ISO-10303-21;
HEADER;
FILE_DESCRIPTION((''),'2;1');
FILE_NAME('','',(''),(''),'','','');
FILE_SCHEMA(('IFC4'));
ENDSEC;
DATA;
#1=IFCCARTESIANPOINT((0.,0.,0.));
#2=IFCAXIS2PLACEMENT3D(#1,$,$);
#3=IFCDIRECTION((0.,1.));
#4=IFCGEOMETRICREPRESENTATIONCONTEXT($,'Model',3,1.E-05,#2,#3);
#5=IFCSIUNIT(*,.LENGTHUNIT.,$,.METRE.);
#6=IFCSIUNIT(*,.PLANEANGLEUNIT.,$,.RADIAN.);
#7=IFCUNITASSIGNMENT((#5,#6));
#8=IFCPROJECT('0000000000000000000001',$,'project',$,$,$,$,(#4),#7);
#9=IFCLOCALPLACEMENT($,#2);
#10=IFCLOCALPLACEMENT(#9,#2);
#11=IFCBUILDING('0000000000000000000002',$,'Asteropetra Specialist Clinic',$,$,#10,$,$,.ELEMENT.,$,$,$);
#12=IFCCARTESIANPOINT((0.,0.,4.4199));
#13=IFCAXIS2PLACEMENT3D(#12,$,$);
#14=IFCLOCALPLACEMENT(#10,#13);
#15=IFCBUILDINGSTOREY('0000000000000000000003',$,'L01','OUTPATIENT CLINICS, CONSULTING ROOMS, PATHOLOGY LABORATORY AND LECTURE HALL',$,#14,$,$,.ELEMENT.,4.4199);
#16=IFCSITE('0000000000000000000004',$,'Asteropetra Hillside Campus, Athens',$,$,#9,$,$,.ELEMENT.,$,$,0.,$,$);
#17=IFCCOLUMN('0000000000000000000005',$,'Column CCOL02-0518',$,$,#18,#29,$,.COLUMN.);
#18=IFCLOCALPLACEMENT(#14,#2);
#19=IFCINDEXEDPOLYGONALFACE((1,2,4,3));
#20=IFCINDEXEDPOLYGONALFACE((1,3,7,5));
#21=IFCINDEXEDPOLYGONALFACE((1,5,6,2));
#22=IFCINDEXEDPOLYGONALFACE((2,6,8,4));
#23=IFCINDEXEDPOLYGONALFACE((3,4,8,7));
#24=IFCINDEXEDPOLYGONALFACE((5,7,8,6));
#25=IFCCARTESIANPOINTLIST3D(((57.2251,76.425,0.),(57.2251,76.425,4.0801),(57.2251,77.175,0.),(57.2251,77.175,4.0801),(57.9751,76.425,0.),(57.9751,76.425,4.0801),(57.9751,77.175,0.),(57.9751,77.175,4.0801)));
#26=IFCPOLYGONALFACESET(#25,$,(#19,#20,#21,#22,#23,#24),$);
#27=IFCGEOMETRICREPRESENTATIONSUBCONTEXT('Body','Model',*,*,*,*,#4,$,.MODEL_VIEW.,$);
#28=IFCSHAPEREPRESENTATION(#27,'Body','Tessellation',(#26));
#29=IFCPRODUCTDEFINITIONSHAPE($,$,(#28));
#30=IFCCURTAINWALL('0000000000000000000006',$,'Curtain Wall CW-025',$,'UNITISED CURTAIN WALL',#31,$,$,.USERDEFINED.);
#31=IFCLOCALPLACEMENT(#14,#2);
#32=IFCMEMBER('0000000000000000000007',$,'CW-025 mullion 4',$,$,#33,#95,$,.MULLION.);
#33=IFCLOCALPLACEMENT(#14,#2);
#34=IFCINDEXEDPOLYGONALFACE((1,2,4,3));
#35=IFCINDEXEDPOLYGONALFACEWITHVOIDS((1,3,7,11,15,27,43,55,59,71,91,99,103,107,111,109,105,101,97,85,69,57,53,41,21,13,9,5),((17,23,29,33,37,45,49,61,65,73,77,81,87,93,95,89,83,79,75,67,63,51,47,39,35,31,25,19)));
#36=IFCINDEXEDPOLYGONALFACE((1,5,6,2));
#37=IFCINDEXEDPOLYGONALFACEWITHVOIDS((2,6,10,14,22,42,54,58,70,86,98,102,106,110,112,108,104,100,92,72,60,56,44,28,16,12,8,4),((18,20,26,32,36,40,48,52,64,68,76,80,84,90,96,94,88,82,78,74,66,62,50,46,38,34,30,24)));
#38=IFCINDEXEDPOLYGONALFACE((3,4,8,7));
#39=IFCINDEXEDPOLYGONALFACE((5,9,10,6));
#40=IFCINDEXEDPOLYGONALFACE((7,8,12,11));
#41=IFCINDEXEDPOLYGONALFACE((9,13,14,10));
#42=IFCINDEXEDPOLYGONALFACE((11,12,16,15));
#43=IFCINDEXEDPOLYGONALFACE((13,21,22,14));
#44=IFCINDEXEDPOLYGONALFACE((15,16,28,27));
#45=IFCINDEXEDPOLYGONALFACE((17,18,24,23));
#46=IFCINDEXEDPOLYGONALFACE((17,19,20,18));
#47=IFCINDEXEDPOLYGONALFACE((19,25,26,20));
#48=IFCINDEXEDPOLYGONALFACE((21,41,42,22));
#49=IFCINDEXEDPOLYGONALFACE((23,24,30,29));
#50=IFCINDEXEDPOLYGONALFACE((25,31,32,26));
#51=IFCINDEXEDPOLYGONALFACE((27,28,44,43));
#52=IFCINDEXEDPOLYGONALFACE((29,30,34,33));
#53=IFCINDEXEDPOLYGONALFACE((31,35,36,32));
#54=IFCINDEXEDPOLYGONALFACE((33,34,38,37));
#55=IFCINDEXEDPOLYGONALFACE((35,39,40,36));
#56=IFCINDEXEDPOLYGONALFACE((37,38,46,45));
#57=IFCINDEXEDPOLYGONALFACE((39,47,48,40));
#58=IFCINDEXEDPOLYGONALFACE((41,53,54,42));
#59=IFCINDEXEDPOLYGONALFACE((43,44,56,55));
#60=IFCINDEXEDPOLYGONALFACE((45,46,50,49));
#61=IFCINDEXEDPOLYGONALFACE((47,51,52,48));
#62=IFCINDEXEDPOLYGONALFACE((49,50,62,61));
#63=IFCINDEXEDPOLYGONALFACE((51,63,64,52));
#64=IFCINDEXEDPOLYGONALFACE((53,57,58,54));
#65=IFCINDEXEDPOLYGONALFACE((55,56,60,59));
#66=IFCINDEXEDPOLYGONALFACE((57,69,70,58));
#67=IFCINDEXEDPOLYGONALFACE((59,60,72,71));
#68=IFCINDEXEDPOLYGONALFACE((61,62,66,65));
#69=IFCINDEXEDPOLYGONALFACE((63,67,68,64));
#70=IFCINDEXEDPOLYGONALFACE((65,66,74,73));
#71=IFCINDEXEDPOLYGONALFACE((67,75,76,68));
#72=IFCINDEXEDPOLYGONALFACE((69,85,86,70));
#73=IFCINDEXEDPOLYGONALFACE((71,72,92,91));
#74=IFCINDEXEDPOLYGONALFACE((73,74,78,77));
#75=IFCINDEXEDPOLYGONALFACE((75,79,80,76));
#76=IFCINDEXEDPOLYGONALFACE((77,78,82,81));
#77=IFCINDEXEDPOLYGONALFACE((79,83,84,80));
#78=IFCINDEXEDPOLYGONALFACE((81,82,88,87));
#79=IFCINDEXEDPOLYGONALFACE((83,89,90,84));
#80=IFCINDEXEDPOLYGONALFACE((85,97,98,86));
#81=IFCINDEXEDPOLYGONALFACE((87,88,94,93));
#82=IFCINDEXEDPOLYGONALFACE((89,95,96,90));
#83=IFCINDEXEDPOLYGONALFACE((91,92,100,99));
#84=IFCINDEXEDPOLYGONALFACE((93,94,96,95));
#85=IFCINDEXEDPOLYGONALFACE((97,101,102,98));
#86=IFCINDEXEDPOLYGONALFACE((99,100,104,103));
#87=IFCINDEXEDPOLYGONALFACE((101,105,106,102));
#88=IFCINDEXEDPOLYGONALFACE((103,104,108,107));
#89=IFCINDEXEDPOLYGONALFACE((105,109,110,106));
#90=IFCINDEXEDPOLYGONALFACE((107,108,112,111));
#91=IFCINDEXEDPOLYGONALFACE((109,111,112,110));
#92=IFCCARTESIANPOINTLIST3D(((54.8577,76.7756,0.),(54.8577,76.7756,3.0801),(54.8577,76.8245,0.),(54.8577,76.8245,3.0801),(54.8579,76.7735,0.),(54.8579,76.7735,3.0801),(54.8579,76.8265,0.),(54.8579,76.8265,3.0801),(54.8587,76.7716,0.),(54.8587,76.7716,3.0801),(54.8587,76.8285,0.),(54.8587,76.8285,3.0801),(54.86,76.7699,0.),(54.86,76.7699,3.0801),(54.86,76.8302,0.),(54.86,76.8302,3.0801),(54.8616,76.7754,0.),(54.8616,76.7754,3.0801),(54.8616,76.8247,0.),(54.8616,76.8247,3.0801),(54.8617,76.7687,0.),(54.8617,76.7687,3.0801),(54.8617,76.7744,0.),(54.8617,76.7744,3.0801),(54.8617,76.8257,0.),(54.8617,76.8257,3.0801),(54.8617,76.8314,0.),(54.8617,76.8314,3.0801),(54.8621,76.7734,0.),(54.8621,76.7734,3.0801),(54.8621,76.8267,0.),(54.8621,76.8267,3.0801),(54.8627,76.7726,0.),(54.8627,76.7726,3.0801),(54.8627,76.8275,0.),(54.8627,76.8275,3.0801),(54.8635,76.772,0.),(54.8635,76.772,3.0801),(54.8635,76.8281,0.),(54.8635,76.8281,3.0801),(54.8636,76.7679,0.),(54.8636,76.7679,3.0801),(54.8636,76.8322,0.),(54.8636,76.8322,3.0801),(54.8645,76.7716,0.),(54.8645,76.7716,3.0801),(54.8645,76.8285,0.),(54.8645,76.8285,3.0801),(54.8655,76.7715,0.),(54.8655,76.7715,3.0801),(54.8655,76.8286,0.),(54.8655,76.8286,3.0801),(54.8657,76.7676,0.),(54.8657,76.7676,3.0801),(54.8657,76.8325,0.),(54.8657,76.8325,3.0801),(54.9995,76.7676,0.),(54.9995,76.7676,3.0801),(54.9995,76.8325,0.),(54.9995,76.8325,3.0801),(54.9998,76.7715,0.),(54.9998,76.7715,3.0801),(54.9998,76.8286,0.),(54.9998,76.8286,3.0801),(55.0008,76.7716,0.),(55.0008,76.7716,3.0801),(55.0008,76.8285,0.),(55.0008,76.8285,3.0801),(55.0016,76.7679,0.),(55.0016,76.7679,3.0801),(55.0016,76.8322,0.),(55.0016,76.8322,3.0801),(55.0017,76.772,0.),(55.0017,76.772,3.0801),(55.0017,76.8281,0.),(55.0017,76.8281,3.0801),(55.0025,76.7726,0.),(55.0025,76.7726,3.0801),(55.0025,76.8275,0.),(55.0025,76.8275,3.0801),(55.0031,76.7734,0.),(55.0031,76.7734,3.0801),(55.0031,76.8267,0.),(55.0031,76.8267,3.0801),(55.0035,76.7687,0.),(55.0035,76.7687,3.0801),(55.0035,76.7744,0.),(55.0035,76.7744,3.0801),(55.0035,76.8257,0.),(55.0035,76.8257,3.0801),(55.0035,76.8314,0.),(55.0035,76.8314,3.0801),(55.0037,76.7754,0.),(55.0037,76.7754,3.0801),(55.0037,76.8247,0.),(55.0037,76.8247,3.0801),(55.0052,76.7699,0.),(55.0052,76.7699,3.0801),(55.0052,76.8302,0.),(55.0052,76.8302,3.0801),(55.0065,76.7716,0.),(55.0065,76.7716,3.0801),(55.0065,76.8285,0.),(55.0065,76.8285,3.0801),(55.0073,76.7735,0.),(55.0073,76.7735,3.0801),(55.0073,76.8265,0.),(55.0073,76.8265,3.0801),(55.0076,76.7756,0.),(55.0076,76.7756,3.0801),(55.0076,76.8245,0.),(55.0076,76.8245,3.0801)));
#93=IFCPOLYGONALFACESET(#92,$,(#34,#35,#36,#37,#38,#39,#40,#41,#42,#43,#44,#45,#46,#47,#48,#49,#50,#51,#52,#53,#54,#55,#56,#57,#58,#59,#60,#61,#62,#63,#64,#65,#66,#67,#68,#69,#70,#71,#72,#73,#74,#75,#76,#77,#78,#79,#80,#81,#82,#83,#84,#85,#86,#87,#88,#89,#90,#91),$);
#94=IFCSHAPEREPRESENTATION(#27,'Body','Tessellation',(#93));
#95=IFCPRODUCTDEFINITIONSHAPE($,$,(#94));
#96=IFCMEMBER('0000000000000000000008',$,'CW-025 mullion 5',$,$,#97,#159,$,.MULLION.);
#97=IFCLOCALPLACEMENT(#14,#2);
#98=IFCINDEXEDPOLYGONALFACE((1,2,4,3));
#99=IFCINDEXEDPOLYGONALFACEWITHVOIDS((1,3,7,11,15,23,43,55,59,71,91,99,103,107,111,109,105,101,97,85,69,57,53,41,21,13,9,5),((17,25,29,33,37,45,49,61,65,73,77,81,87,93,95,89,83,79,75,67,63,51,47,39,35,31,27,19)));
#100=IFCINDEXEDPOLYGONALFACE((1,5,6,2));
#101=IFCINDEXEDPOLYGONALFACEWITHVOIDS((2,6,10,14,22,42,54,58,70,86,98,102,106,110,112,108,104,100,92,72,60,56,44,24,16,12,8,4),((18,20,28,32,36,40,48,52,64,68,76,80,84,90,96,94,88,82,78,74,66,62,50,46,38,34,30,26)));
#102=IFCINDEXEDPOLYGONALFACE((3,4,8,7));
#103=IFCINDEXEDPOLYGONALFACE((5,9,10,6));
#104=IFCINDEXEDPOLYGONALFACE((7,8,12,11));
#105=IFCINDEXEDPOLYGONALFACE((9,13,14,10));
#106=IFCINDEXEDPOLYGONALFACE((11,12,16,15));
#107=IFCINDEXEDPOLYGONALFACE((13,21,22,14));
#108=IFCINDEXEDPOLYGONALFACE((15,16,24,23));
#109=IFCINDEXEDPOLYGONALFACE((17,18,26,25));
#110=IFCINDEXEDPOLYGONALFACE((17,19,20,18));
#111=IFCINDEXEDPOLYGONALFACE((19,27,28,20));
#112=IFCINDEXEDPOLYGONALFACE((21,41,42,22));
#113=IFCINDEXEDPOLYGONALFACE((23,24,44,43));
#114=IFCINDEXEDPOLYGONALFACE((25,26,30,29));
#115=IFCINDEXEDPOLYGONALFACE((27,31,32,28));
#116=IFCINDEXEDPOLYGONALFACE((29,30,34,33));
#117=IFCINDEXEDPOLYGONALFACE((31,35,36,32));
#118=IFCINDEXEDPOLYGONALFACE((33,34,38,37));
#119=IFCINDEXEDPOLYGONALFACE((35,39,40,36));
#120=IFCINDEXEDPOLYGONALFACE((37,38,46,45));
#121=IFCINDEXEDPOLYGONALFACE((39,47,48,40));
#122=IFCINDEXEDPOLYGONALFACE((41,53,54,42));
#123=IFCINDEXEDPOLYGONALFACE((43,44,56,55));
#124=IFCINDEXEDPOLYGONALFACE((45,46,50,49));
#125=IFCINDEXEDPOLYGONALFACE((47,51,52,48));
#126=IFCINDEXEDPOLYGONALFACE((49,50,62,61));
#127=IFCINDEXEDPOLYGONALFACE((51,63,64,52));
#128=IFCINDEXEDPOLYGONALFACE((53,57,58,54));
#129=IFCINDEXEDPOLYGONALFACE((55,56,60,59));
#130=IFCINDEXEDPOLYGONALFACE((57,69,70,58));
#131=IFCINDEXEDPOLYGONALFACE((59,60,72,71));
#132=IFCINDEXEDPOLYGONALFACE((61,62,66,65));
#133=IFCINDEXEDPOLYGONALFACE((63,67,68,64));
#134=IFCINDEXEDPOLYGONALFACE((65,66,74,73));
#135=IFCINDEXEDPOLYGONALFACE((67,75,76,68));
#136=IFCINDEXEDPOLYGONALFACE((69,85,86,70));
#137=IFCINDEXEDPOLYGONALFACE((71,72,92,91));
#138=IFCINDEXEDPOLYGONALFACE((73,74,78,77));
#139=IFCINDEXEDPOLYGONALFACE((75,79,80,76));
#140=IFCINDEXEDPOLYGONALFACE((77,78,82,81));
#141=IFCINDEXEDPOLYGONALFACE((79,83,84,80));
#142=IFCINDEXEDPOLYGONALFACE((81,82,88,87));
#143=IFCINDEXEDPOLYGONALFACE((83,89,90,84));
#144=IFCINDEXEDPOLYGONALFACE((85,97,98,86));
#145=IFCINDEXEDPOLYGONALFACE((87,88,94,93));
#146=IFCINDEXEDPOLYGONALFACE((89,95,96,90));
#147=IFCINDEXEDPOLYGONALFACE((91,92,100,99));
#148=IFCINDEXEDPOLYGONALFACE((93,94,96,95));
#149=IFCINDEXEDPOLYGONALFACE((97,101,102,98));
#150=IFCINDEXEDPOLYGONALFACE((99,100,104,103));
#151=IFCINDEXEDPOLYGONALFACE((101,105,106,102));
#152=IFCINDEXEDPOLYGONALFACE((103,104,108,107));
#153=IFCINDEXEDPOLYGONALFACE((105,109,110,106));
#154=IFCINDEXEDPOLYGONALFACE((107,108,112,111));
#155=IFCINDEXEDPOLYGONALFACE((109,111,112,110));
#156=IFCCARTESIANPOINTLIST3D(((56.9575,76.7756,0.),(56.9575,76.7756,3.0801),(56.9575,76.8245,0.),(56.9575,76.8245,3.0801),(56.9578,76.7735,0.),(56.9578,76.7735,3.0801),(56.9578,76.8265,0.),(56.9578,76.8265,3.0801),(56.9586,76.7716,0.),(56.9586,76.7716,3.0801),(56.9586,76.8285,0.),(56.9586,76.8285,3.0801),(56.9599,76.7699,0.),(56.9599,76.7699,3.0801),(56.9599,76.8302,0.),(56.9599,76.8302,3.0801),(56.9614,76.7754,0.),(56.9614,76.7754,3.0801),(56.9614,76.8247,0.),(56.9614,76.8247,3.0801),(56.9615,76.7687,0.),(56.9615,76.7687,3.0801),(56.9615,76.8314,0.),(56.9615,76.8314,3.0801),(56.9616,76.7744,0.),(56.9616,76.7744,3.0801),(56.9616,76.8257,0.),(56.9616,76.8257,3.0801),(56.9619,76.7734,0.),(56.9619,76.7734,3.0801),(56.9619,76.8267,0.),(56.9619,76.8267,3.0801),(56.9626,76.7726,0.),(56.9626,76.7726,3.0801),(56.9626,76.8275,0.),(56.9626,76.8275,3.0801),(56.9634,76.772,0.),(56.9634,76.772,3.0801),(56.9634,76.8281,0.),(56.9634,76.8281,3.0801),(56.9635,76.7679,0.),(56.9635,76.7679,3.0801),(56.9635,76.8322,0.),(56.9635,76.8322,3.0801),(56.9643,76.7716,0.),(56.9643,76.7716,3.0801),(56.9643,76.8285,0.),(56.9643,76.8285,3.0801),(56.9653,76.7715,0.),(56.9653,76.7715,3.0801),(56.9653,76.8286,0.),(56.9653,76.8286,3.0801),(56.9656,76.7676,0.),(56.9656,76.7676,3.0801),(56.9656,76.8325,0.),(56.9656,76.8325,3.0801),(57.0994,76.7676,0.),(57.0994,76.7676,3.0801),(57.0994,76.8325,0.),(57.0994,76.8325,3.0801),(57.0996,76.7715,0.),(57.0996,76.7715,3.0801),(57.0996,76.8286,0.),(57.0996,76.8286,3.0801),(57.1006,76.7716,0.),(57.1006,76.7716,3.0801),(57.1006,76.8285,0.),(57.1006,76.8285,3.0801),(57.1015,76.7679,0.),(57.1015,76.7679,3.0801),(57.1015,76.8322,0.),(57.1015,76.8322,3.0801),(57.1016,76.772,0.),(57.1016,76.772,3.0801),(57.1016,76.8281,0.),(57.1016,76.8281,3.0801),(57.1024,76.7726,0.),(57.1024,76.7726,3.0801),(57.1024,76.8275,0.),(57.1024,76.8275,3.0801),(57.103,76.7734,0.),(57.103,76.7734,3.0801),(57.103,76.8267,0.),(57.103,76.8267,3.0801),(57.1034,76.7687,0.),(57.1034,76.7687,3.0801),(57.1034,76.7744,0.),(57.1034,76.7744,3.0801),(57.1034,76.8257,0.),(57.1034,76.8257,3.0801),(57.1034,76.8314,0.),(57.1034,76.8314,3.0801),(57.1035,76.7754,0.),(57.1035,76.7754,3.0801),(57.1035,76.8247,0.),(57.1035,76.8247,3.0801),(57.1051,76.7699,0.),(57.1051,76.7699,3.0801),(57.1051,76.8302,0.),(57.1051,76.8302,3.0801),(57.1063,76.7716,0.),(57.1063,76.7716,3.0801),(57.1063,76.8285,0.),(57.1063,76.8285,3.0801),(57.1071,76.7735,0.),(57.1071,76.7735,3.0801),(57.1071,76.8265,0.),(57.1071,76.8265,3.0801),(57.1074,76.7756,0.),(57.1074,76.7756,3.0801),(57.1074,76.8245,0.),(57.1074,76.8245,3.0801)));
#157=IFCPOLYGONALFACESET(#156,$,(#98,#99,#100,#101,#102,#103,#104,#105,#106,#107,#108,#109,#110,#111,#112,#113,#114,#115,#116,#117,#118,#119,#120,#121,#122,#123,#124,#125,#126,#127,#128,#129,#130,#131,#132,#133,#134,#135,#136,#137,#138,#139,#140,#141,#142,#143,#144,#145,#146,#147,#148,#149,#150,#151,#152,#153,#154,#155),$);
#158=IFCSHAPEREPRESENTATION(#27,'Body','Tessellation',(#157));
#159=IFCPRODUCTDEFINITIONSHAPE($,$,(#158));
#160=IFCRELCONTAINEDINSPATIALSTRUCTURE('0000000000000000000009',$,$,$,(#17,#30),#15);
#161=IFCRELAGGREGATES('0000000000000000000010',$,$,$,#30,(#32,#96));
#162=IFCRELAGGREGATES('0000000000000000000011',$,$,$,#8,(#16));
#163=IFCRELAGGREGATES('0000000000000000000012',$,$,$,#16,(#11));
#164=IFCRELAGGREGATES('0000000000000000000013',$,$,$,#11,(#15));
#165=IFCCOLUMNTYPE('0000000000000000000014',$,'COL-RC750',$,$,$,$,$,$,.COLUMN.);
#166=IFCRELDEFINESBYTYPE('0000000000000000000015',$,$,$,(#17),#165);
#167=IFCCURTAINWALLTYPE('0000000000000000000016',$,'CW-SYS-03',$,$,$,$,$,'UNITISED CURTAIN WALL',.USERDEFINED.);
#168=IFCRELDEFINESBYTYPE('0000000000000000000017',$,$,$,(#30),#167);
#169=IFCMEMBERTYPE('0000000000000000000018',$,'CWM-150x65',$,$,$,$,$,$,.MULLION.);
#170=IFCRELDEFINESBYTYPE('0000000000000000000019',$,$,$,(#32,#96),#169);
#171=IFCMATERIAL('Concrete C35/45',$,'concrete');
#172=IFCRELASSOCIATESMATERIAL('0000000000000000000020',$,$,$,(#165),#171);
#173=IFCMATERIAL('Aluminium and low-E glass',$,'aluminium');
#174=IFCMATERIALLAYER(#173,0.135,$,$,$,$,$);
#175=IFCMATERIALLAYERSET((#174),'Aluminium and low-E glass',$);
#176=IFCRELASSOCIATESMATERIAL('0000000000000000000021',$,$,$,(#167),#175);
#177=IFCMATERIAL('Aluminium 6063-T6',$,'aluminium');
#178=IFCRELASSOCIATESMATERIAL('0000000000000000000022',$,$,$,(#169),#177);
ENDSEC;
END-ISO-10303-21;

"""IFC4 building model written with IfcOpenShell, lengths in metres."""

from ifc_helpers import new_model, si_unit, direction, frame, origin, origin_2d, place, context, subcontext, project, spatial, rectangle, hollow_rectangle, extrude, material, layer, layer_set, material_profile, profile_set, type_object, element, aggregate, save


model = new_model("IFC4")

# Units and contexts
model_context = context("Model", 3, precision=1e-05, world=origin(), true_north=direction((0.0, 1.0)))
body_context = subcontext(model_context, "Body", "Model", "MODEL_VIEW")
ifc_project = project(units=[si_unit("LENGTHUNIT", "METRE"), si_unit("PLANEANGLEUNIT", "RADIAN")], contexts=[model_context])

# Site, building, storey
site_placement = place(None, origin())
site = spatial("IfcSite", under=ifc_project, at=site_placement, Name="Asteropetra Hillside Campus, Athens", CompositionType="ELEMENT", RefElevation=0.0)
building_placement = place(site_placement, origin())
building = spatial("IfcBuilding", under=site, at=building_placement, Name="Asteropetra Specialist Clinic", CompositionType="ELEMENT")
storey_placement = place(building_placement, frame((0.0, 0.0, 4.4199)))
storey = spatial("IfcBuildingStorey", under=building, at=storey_placement, Name="L01", Description="OUTPATIENT CLINICS, CONSULTING ROOMS, PATHOLOGY LABORATORY AND LECTURE HALL", CompositionType="ELEMENT", Elevation=4.4199)

# Column
ifc_material_1 = material(Name="Concrete C35/45", Category="concrete")
ifc_material_profile_1 = material_profile(ifc_material_1, rectangle(XDim=0.75, YDim=0.75, at=origin_2d()), Name="RC 750x750")
ifc_profile_set_1 = profile_set([ifc_material_profile_1], Name="Concrete C35/45")
column_type = type_object("IfcColumnType", Name="COL-RC750", PredefinedType="COLUMN", material=ifc_profile_set_1)
column_placement = place(storey_placement, frame((57.6001, 76.8, 0.0), z_axis=(0.0, 0.0, 1.0), x_axis=(1.0, 0.0, 0.0)))
element("IfcColumn", 1, at=column_placement, inside=storey, type_object=column_type, Name="Column CCOL02-0518", PredefinedType="COLUMN", context=body_context, shape_type="SweptSolid", body=[
    extrude(rectangle(XDim=0.75, YDim=0.75, at=origin_2d()), origin(), (0.0, 0.0, 1.0), 4.0801),
])

# Curtain wall, members
ifc_material_2 = material(Name="Aluminium and low-E glass", Category="aluminium")
ifc_layer_1 = layer(ifc_material_2, 0.135)
ifc_layer_set_1 = layer_set([ifc_layer_1], Name="Aluminium and low-E glass")
curtain_wall_type_1 = type_object("IfcCurtainWallType", Name="CW-SYS-03", ElementType="UNITISED CURTAIN WALL", PredefinedType="USERDEFINED", material=ifc_layer_set_1)
curtain_wall_1_placement = place(storey_placement, origin())
curtain_wall_1 = element("IfcCurtainWall", 2, at=curtain_wall_1_placement, inside=storey, type_object=curtain_wall_type_1, Name="Curtain Wall CW-025", ObjectType="UNITISED CURTAIN WALL", PredefinedType="USERDEFINED")
ifc_material_3 = material(Name="Aluminium 6063-T6", Category="aluminium")
ifc_material_profile_2 = material_profile(ifc_material_3, hollow_rectangle(XDim=0.0649, YDim=0.1499, WallThickness=0.0039, InnerFilletRadius=0.0039, OuterFilletRadius=0.0081, at=origin_2d()), Name="MUL 150x65x4.0")
ifc_profile_set_2 = profile_set([ifc_material_profile_2], Name="Aluminium 6063-T6")
member_type_1 = type_object("IfcMemberType", Name="CWM-150x65", PredefinedType="MULLION", material=ifc_profile_set_2)
member_1_placement = place(storey_placement, frame((54.9326, 76.8, 0.0), z_axis=(0.0, 0.0, 1.0), x_axis=(0.0, 1.0, 0.0)))
member_1 = element("IfcMember", 3, at=member_1_placement, type_object=member_type_1, Name="CW-025 mullion 4", PredefinedType="MULLION", context=body_context, shape_type="SweptSolid", body=[
    extrude(hollow_rectangle(XDim=0.0649, YDim=0.1499, WallThickness=0.0039, InnerFilletRadius=0.0039, OuterFilletRadius=0.0081, at=origin_2d()), origin(), (0.0, 0.0, 1.0), 3.0801),
])
member_2_placement = place(storey_placement, frame((57.0325, 76.8, 0.0), z_axis=(0.0, 0.0, 1.0), x_axis=(0.0, 1.0, 0.0)))
member_2 = element("IfcMember", 4, at=member_2_placement, type_object=member_type_1, Name="CW-025 mullion 5", PredefinedType="MULLION", context=body_context, shape_type="SweptSolid", body=[
    extrude(hollow_rectangle(XDim=0.0649, YDim=0.1499, WallThickness=0.0039, InnerFilletRadius=0.0039, OuterFilletRadius=0.0081, at=origin_2d()), origin(), (0.0, 0.0, 1.0), 3.0801),
])

aggregate(curtain_wall_1, [member_1, member_2])

save(model, "model.ifc")
